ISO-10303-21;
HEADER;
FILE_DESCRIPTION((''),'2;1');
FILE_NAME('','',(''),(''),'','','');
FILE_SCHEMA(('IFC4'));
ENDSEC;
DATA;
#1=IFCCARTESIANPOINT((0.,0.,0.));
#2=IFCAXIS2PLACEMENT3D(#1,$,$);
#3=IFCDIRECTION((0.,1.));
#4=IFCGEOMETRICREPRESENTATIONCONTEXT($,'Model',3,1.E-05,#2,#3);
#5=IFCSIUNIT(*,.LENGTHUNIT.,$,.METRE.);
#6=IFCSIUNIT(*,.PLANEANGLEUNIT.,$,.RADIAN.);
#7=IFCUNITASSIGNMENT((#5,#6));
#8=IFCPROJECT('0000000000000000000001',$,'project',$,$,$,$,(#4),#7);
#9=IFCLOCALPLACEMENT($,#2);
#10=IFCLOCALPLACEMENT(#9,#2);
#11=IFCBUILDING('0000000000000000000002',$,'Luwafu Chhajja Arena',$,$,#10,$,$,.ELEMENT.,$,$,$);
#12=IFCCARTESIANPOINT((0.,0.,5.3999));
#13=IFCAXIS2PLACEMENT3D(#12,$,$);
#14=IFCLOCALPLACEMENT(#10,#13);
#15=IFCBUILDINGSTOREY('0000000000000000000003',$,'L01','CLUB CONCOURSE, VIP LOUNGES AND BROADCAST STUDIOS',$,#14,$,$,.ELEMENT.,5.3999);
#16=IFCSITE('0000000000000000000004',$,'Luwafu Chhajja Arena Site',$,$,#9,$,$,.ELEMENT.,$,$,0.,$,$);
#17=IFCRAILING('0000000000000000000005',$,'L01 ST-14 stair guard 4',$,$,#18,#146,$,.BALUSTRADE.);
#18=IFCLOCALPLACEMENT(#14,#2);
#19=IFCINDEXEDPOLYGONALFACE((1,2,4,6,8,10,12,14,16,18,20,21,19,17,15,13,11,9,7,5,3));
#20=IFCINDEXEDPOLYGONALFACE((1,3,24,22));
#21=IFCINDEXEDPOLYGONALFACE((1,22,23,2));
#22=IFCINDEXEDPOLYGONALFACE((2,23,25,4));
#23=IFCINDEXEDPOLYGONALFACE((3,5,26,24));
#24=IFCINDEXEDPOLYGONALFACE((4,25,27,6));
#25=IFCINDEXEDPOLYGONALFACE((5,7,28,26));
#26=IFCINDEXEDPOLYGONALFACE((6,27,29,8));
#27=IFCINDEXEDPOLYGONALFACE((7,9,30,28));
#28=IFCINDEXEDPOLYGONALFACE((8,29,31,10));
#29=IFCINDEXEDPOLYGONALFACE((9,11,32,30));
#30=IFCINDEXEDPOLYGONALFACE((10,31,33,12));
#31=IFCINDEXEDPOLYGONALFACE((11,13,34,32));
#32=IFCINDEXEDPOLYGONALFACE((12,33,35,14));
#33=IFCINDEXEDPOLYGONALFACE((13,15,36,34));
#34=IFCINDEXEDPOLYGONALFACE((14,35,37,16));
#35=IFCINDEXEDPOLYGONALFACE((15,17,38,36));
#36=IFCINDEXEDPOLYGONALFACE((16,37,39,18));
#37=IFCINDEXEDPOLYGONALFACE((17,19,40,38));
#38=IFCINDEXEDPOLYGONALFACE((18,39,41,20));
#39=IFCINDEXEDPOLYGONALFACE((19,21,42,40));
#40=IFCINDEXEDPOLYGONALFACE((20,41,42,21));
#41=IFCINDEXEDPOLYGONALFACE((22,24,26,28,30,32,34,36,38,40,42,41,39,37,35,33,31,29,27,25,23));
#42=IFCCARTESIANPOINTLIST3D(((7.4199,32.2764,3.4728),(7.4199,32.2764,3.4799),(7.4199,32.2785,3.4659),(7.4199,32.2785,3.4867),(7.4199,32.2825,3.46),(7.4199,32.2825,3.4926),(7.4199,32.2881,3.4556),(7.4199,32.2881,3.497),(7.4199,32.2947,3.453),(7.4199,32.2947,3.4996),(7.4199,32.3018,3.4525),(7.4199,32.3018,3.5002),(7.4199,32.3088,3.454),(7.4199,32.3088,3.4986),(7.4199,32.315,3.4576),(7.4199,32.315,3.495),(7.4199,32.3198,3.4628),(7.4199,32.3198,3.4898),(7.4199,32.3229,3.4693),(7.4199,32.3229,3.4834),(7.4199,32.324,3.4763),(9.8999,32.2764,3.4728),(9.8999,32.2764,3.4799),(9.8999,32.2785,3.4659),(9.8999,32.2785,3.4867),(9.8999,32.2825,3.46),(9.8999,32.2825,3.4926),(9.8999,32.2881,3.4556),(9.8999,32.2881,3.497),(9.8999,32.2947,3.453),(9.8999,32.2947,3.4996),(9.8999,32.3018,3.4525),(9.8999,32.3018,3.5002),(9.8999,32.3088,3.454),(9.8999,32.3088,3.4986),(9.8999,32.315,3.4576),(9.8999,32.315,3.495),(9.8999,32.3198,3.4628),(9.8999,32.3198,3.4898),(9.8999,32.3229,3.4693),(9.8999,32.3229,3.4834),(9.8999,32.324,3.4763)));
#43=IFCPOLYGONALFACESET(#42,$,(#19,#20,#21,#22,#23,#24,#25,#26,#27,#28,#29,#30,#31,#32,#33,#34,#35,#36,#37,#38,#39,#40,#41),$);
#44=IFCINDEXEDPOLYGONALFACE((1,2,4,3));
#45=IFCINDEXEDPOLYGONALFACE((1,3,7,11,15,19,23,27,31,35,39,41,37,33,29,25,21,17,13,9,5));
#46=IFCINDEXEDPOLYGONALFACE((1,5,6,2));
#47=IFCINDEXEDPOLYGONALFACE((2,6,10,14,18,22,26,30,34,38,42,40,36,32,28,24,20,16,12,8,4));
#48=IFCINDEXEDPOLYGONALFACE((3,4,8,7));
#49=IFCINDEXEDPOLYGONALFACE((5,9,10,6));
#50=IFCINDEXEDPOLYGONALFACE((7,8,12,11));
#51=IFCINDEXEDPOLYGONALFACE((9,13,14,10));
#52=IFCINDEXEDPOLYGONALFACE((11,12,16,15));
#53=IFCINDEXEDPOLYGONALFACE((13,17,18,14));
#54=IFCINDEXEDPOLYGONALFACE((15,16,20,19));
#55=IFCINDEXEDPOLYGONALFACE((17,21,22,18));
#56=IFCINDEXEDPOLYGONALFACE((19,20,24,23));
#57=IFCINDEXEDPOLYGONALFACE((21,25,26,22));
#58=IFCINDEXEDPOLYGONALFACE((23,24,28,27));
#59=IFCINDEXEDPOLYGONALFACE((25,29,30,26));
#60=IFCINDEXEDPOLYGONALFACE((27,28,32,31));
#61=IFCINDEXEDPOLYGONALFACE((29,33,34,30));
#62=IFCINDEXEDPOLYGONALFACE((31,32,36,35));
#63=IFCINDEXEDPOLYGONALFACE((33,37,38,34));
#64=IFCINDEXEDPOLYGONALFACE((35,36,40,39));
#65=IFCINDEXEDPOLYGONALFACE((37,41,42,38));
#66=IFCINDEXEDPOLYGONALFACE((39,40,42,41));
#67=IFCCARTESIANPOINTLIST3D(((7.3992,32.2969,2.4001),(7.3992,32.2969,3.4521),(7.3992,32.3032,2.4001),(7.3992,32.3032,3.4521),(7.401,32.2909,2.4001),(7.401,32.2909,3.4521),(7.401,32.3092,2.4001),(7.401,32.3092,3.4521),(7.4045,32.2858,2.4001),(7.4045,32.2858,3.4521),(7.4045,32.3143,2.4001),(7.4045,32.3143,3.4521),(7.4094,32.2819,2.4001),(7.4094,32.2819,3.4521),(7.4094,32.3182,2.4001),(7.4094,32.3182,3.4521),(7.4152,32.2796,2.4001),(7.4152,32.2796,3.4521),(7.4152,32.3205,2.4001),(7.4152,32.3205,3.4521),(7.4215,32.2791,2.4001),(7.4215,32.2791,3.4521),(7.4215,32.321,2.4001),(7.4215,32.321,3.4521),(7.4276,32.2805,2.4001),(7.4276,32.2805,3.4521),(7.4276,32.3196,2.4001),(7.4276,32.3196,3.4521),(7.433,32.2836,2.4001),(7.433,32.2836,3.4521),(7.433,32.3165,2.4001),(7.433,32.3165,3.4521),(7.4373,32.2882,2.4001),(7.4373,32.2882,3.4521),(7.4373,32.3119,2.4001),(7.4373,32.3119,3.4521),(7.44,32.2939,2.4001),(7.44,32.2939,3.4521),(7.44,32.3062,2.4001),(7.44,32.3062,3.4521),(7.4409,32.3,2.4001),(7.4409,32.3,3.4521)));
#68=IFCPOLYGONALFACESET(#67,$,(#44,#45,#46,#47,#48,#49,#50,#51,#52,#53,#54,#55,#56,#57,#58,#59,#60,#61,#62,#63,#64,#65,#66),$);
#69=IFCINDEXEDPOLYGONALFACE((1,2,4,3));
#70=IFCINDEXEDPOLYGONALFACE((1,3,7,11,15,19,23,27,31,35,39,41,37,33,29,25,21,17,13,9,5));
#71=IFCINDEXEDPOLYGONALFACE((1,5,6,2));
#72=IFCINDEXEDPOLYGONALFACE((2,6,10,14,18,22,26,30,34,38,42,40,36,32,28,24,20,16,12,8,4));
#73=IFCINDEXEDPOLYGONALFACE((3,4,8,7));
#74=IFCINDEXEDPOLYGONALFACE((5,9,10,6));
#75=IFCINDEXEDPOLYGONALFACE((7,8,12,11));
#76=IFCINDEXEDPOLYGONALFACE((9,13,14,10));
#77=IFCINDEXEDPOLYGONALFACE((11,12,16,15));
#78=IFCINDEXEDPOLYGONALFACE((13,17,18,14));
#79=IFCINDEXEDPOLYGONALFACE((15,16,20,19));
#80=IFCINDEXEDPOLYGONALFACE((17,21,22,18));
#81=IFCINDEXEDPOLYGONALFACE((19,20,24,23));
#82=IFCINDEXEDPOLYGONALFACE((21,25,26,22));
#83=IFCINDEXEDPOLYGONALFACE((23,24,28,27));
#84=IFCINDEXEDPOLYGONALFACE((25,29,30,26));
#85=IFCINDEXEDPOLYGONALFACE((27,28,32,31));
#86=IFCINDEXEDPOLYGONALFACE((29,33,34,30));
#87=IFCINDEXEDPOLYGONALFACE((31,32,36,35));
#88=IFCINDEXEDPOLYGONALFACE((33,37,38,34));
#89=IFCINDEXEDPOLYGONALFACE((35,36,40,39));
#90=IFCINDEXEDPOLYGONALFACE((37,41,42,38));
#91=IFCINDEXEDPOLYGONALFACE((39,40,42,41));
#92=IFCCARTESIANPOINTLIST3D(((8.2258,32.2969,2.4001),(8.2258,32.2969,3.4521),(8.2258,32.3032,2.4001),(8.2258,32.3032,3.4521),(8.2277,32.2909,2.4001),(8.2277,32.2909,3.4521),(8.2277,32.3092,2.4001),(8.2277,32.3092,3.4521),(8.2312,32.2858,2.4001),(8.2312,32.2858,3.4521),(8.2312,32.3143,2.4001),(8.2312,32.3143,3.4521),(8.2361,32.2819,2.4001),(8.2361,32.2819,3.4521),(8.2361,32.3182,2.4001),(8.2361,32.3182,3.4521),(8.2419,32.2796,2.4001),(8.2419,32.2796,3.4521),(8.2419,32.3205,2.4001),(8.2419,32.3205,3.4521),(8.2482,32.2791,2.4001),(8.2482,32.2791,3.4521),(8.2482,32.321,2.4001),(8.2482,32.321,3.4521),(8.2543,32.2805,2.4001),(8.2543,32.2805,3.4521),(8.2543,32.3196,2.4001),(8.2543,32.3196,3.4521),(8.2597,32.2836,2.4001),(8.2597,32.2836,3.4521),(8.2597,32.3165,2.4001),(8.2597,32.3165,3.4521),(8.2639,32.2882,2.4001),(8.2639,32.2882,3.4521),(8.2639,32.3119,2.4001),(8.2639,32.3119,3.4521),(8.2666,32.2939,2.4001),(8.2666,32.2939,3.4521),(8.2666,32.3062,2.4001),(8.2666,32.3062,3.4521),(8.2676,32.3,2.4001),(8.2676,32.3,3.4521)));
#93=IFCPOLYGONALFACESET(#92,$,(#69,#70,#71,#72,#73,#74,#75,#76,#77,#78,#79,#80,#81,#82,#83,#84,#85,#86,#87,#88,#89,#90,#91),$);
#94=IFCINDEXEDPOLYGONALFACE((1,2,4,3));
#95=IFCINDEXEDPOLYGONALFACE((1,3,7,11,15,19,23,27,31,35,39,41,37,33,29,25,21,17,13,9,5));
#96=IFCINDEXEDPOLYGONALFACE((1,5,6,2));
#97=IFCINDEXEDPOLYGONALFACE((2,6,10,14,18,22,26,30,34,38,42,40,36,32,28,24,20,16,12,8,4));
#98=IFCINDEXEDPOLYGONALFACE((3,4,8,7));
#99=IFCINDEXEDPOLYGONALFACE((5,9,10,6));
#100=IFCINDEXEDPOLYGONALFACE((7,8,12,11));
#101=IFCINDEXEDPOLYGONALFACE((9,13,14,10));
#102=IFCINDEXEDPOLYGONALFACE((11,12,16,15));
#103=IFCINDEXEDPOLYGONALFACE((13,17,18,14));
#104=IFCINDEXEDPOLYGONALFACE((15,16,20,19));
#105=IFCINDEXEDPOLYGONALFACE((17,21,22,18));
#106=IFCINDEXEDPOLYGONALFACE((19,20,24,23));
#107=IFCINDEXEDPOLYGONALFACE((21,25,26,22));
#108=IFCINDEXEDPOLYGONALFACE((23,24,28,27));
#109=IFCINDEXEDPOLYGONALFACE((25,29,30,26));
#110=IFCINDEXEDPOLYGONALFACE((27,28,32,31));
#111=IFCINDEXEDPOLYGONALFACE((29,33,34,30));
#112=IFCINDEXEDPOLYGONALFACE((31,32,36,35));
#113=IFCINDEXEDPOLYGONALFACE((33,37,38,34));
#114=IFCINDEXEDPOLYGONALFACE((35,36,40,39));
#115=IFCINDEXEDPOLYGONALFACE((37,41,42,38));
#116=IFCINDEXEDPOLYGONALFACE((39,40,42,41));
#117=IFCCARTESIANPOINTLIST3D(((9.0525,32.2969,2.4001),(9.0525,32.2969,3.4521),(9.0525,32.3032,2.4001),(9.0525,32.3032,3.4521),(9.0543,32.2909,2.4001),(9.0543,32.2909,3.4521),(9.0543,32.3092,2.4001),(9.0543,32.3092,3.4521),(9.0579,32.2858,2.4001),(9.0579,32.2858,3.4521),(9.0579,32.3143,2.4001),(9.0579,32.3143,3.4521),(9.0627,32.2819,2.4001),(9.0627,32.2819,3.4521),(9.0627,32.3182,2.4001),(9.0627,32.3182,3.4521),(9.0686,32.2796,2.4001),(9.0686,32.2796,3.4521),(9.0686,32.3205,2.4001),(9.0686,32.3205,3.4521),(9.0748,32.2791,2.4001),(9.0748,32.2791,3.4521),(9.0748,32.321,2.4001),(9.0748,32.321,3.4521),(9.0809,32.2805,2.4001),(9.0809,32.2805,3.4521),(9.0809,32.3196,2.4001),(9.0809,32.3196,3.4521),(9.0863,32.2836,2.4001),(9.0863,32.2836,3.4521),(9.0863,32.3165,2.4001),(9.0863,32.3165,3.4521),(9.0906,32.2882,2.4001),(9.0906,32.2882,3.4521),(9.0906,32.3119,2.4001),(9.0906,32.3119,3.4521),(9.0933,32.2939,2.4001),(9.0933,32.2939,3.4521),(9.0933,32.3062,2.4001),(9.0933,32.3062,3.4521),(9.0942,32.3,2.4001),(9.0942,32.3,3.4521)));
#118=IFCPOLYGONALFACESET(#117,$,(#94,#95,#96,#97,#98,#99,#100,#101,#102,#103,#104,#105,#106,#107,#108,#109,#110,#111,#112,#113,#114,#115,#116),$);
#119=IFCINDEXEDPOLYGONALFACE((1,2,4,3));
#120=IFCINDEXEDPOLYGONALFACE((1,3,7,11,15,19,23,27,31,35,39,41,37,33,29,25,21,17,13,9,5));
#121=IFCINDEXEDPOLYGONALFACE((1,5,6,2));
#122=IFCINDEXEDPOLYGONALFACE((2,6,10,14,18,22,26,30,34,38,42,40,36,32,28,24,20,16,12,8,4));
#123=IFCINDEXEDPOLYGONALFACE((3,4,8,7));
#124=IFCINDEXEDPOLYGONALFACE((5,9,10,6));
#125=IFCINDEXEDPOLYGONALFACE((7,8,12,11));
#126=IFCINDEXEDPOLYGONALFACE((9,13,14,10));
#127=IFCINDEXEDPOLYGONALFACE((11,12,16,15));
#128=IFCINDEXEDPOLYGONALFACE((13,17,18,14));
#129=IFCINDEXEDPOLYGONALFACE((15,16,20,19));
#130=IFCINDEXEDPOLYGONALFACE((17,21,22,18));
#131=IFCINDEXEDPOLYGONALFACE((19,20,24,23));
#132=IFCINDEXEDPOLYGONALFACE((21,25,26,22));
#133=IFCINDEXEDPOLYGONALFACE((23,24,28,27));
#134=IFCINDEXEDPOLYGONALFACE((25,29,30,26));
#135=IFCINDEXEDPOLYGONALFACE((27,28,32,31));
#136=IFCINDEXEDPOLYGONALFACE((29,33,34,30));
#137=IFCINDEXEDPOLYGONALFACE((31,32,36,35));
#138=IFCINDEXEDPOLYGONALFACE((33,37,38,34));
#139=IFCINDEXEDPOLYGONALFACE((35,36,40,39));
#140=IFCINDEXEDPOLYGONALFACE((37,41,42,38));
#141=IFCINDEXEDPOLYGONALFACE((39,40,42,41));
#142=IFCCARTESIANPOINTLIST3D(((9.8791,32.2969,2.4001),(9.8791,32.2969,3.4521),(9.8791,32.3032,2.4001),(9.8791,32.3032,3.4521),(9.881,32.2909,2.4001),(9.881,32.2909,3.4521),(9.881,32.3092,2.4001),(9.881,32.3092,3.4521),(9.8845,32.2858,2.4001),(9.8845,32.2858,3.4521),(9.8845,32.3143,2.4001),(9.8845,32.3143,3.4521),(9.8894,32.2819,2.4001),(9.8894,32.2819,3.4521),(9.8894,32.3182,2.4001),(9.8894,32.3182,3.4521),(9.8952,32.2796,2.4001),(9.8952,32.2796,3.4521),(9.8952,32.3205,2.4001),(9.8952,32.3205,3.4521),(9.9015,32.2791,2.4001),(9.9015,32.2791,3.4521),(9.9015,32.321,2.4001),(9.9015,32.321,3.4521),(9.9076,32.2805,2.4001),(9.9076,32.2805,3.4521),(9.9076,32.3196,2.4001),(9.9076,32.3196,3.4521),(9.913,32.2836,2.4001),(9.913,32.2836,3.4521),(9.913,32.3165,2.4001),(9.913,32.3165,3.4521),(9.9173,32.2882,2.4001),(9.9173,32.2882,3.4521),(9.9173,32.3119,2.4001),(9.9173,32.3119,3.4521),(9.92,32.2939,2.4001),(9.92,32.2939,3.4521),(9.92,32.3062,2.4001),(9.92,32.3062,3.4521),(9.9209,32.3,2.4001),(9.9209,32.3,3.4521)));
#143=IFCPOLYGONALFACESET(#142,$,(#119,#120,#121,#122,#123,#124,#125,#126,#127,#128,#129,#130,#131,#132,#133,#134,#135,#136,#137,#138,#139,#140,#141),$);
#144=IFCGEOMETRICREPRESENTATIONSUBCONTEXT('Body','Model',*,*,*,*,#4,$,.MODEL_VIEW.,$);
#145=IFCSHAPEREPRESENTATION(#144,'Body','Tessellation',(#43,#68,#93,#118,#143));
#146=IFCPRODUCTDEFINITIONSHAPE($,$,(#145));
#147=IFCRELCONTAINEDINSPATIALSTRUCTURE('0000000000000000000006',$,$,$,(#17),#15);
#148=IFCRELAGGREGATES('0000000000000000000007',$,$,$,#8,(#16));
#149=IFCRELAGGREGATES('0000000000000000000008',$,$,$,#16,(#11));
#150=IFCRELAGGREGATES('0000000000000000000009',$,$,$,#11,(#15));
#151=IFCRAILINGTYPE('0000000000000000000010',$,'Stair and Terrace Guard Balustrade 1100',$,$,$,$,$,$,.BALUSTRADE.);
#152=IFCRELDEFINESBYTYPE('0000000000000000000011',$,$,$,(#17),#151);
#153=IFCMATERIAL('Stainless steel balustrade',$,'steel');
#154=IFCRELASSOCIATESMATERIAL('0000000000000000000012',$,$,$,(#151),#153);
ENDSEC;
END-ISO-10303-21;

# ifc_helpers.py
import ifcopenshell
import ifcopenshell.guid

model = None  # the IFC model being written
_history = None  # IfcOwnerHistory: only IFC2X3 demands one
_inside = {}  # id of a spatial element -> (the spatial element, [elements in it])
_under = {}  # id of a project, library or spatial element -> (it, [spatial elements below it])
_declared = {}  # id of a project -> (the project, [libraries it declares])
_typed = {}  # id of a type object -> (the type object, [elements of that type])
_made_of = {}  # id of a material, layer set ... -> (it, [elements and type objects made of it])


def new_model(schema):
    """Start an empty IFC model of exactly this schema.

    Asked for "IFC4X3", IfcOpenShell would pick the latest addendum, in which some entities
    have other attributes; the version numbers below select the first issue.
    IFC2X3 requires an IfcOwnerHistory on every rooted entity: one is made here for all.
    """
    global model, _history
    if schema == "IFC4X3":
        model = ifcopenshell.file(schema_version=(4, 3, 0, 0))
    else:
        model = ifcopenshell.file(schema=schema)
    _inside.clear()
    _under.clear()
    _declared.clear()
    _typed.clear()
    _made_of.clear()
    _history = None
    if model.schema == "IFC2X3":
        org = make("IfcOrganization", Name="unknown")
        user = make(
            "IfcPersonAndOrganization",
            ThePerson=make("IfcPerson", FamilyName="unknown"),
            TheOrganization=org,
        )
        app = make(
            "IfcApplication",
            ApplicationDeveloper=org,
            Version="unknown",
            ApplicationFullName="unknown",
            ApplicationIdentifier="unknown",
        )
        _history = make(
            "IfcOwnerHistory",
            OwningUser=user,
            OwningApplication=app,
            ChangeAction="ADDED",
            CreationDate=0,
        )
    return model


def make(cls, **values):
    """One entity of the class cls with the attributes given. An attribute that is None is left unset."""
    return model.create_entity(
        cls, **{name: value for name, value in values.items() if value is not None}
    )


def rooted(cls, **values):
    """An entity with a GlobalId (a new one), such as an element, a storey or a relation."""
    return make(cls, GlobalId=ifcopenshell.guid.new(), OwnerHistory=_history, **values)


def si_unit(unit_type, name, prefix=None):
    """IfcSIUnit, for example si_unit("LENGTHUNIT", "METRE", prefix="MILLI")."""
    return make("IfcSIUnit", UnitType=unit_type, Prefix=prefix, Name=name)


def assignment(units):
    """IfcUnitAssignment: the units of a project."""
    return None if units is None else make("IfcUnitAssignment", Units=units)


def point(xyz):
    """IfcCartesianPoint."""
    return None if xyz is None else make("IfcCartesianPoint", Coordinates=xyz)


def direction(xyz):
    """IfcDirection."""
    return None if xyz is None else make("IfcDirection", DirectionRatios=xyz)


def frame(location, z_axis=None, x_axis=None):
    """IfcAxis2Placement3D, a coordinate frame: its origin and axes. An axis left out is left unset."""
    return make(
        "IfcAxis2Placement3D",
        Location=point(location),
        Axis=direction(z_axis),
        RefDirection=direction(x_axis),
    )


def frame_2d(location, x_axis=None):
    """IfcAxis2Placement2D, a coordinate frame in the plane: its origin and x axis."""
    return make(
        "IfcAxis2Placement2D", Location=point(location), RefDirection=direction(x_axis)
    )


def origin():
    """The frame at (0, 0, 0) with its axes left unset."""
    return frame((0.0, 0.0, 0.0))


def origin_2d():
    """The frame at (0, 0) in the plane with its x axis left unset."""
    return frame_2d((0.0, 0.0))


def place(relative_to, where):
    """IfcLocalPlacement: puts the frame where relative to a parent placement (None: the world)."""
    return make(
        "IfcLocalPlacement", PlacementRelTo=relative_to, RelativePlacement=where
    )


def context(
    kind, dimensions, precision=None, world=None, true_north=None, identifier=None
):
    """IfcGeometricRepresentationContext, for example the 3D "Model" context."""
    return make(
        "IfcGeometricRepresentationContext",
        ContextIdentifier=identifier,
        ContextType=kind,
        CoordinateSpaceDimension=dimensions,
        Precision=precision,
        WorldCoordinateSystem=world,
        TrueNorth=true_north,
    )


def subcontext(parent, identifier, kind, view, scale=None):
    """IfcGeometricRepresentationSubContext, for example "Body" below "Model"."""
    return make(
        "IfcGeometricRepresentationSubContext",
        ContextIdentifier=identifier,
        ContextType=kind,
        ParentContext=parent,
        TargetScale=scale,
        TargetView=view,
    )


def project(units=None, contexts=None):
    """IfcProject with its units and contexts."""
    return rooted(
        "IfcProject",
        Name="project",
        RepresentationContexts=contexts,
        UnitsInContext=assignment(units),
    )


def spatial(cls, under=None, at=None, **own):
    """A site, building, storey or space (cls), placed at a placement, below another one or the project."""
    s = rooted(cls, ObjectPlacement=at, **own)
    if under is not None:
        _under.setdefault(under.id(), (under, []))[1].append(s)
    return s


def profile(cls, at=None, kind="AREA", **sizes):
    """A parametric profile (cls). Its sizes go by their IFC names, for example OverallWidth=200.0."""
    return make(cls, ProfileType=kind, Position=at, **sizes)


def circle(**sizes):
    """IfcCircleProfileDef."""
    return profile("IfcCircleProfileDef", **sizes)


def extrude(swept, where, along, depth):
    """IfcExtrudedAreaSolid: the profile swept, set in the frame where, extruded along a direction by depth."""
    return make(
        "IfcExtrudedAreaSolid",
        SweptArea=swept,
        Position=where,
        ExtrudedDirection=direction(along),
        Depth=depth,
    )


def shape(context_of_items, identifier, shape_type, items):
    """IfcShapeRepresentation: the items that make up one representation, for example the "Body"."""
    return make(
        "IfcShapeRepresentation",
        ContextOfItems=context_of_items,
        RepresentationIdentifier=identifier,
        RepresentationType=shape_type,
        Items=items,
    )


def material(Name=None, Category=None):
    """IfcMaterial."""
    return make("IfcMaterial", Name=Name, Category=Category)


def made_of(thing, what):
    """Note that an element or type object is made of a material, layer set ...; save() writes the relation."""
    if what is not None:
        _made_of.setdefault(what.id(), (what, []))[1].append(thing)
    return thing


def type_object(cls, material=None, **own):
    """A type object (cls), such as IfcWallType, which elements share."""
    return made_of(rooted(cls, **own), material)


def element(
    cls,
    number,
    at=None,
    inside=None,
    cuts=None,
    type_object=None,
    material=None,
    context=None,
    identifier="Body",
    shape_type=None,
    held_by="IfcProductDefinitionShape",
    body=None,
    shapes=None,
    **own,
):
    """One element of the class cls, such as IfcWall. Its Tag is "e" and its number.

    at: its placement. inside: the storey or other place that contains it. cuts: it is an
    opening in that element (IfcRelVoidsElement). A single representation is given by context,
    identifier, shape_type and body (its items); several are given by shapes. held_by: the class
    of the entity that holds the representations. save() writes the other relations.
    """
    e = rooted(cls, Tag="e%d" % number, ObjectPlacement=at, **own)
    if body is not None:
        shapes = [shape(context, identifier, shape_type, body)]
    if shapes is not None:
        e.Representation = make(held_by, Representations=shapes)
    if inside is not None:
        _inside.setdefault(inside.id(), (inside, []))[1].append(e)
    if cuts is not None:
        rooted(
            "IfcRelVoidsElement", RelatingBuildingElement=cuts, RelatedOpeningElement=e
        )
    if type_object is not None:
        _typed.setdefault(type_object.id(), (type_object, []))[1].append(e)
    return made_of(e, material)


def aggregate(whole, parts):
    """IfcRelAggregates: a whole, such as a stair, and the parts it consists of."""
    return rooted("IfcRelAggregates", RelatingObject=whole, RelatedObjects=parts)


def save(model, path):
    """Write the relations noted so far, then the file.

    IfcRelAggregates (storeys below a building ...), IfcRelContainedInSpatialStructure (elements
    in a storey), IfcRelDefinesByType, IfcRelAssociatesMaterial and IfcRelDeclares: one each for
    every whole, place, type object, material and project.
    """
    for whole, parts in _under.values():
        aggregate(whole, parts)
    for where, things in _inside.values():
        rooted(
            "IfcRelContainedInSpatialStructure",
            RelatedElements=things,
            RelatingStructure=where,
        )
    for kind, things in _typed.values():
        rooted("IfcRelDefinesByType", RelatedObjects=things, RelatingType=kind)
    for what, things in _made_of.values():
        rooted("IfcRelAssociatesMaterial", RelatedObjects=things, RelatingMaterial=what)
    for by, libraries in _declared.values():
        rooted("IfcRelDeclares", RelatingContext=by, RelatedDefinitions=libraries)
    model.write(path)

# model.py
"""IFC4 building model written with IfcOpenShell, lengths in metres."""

from ifc_helpers import new_model, si_unit, direction, frame, origin, origin_2d, place, context, subcontext, project, spatial, circle, extrude, material, type_object, element, save


model = new_model("IFC4")

# Units and contexts
model_context = context("Model", 3, precision=1e-05, world=origin(), true_north=direction((0.0, 1.0)))
body_context = subcontext(model_context, "Body", "Model", "MODEL_VIEW")
ifc_project = project(units=[si_unit("LENGTHUNIT", "METRE"), si_unit("PLANEANGLEUNIT", "RADIAN")], contexts=[model_context])

# Site, building, storey
site_placement = place(None, origin())
site = spatial("IfcSite", under=ifc_project, at=site_placement, Name="Luwafu Chhajja Arena Site", CompositionType="ELEMENT", RefElevation=0.0)
building_placement = place(site_placement, origin())
building = spatial("IfcBuilding", under=site, at=building_placement, Name="Luwafu Chhajja Arena", CompositionType="ELEMENT")
storey_placement = place(building_placement, frame((0.0, 0.0, 5.3999)))
storey = spatial("IfcBuildingStorey", under=building, at=storey_placement, Name="L01", Description="CLUB CONCOURSE, VIP LOUNGES AND BROADCAST STUDIOS", CompositionType="ELEMENT", Elevation=5.3999)

# Railing
ifc_material_1 = material(Name="Stainless steel balustrade", Category="steel")
railing_type_1 = type_object("IfcRailingType", Name="Stair and Terrace Guard Balustrade 1100", PredefinedType="BALUSTRADE", material=ifc_material_1)
for number, where, name in (
    (1, (7.4199, 32.3, 2.4001), "L01 ST-14 stair guard 4"),
):
    element("IfcRailing", number, at=place(storey_placement, frame(where)), inside=storey, type_object=railing_type_1, Name=name, PredefinedType="BALUSTRADE", context=body_context, shape_type="SweptSolid", body=[
        extrude(circle(Radius=0.0239, at=origin_2d()), frame((0.0, 0.0, 1.0762), z_axis=(1.0, 0.0, 0.0), x_axis=(0.0, 1.0, 0.0)), (0.0, 0.0, 1.0), 2.48),
        extrude(circle(Radius=0.021, at=origin_2d()), origin(), (0.0, 0.0, 1.0), 1.052),
        extrude(circle(Radius=0.021, at=origin_2d()), frame((0.8267, 0.0, 0.0)), (0.0, 0.0, 1.0), 1.052),
        extrude(circle(Radius=0.021, at=origin_2d()), frame((1.6533, 0.0, 0.0)), (0.0, 0.0, 1.0), 1.052),
        extrude(circle(Radius=0.021, at=origin_2d()), frame((2.48, 0.0, 0.0)), (0.0, 0.0, 1.0), 1.052),
    ])

save(model, "model.ifc")
